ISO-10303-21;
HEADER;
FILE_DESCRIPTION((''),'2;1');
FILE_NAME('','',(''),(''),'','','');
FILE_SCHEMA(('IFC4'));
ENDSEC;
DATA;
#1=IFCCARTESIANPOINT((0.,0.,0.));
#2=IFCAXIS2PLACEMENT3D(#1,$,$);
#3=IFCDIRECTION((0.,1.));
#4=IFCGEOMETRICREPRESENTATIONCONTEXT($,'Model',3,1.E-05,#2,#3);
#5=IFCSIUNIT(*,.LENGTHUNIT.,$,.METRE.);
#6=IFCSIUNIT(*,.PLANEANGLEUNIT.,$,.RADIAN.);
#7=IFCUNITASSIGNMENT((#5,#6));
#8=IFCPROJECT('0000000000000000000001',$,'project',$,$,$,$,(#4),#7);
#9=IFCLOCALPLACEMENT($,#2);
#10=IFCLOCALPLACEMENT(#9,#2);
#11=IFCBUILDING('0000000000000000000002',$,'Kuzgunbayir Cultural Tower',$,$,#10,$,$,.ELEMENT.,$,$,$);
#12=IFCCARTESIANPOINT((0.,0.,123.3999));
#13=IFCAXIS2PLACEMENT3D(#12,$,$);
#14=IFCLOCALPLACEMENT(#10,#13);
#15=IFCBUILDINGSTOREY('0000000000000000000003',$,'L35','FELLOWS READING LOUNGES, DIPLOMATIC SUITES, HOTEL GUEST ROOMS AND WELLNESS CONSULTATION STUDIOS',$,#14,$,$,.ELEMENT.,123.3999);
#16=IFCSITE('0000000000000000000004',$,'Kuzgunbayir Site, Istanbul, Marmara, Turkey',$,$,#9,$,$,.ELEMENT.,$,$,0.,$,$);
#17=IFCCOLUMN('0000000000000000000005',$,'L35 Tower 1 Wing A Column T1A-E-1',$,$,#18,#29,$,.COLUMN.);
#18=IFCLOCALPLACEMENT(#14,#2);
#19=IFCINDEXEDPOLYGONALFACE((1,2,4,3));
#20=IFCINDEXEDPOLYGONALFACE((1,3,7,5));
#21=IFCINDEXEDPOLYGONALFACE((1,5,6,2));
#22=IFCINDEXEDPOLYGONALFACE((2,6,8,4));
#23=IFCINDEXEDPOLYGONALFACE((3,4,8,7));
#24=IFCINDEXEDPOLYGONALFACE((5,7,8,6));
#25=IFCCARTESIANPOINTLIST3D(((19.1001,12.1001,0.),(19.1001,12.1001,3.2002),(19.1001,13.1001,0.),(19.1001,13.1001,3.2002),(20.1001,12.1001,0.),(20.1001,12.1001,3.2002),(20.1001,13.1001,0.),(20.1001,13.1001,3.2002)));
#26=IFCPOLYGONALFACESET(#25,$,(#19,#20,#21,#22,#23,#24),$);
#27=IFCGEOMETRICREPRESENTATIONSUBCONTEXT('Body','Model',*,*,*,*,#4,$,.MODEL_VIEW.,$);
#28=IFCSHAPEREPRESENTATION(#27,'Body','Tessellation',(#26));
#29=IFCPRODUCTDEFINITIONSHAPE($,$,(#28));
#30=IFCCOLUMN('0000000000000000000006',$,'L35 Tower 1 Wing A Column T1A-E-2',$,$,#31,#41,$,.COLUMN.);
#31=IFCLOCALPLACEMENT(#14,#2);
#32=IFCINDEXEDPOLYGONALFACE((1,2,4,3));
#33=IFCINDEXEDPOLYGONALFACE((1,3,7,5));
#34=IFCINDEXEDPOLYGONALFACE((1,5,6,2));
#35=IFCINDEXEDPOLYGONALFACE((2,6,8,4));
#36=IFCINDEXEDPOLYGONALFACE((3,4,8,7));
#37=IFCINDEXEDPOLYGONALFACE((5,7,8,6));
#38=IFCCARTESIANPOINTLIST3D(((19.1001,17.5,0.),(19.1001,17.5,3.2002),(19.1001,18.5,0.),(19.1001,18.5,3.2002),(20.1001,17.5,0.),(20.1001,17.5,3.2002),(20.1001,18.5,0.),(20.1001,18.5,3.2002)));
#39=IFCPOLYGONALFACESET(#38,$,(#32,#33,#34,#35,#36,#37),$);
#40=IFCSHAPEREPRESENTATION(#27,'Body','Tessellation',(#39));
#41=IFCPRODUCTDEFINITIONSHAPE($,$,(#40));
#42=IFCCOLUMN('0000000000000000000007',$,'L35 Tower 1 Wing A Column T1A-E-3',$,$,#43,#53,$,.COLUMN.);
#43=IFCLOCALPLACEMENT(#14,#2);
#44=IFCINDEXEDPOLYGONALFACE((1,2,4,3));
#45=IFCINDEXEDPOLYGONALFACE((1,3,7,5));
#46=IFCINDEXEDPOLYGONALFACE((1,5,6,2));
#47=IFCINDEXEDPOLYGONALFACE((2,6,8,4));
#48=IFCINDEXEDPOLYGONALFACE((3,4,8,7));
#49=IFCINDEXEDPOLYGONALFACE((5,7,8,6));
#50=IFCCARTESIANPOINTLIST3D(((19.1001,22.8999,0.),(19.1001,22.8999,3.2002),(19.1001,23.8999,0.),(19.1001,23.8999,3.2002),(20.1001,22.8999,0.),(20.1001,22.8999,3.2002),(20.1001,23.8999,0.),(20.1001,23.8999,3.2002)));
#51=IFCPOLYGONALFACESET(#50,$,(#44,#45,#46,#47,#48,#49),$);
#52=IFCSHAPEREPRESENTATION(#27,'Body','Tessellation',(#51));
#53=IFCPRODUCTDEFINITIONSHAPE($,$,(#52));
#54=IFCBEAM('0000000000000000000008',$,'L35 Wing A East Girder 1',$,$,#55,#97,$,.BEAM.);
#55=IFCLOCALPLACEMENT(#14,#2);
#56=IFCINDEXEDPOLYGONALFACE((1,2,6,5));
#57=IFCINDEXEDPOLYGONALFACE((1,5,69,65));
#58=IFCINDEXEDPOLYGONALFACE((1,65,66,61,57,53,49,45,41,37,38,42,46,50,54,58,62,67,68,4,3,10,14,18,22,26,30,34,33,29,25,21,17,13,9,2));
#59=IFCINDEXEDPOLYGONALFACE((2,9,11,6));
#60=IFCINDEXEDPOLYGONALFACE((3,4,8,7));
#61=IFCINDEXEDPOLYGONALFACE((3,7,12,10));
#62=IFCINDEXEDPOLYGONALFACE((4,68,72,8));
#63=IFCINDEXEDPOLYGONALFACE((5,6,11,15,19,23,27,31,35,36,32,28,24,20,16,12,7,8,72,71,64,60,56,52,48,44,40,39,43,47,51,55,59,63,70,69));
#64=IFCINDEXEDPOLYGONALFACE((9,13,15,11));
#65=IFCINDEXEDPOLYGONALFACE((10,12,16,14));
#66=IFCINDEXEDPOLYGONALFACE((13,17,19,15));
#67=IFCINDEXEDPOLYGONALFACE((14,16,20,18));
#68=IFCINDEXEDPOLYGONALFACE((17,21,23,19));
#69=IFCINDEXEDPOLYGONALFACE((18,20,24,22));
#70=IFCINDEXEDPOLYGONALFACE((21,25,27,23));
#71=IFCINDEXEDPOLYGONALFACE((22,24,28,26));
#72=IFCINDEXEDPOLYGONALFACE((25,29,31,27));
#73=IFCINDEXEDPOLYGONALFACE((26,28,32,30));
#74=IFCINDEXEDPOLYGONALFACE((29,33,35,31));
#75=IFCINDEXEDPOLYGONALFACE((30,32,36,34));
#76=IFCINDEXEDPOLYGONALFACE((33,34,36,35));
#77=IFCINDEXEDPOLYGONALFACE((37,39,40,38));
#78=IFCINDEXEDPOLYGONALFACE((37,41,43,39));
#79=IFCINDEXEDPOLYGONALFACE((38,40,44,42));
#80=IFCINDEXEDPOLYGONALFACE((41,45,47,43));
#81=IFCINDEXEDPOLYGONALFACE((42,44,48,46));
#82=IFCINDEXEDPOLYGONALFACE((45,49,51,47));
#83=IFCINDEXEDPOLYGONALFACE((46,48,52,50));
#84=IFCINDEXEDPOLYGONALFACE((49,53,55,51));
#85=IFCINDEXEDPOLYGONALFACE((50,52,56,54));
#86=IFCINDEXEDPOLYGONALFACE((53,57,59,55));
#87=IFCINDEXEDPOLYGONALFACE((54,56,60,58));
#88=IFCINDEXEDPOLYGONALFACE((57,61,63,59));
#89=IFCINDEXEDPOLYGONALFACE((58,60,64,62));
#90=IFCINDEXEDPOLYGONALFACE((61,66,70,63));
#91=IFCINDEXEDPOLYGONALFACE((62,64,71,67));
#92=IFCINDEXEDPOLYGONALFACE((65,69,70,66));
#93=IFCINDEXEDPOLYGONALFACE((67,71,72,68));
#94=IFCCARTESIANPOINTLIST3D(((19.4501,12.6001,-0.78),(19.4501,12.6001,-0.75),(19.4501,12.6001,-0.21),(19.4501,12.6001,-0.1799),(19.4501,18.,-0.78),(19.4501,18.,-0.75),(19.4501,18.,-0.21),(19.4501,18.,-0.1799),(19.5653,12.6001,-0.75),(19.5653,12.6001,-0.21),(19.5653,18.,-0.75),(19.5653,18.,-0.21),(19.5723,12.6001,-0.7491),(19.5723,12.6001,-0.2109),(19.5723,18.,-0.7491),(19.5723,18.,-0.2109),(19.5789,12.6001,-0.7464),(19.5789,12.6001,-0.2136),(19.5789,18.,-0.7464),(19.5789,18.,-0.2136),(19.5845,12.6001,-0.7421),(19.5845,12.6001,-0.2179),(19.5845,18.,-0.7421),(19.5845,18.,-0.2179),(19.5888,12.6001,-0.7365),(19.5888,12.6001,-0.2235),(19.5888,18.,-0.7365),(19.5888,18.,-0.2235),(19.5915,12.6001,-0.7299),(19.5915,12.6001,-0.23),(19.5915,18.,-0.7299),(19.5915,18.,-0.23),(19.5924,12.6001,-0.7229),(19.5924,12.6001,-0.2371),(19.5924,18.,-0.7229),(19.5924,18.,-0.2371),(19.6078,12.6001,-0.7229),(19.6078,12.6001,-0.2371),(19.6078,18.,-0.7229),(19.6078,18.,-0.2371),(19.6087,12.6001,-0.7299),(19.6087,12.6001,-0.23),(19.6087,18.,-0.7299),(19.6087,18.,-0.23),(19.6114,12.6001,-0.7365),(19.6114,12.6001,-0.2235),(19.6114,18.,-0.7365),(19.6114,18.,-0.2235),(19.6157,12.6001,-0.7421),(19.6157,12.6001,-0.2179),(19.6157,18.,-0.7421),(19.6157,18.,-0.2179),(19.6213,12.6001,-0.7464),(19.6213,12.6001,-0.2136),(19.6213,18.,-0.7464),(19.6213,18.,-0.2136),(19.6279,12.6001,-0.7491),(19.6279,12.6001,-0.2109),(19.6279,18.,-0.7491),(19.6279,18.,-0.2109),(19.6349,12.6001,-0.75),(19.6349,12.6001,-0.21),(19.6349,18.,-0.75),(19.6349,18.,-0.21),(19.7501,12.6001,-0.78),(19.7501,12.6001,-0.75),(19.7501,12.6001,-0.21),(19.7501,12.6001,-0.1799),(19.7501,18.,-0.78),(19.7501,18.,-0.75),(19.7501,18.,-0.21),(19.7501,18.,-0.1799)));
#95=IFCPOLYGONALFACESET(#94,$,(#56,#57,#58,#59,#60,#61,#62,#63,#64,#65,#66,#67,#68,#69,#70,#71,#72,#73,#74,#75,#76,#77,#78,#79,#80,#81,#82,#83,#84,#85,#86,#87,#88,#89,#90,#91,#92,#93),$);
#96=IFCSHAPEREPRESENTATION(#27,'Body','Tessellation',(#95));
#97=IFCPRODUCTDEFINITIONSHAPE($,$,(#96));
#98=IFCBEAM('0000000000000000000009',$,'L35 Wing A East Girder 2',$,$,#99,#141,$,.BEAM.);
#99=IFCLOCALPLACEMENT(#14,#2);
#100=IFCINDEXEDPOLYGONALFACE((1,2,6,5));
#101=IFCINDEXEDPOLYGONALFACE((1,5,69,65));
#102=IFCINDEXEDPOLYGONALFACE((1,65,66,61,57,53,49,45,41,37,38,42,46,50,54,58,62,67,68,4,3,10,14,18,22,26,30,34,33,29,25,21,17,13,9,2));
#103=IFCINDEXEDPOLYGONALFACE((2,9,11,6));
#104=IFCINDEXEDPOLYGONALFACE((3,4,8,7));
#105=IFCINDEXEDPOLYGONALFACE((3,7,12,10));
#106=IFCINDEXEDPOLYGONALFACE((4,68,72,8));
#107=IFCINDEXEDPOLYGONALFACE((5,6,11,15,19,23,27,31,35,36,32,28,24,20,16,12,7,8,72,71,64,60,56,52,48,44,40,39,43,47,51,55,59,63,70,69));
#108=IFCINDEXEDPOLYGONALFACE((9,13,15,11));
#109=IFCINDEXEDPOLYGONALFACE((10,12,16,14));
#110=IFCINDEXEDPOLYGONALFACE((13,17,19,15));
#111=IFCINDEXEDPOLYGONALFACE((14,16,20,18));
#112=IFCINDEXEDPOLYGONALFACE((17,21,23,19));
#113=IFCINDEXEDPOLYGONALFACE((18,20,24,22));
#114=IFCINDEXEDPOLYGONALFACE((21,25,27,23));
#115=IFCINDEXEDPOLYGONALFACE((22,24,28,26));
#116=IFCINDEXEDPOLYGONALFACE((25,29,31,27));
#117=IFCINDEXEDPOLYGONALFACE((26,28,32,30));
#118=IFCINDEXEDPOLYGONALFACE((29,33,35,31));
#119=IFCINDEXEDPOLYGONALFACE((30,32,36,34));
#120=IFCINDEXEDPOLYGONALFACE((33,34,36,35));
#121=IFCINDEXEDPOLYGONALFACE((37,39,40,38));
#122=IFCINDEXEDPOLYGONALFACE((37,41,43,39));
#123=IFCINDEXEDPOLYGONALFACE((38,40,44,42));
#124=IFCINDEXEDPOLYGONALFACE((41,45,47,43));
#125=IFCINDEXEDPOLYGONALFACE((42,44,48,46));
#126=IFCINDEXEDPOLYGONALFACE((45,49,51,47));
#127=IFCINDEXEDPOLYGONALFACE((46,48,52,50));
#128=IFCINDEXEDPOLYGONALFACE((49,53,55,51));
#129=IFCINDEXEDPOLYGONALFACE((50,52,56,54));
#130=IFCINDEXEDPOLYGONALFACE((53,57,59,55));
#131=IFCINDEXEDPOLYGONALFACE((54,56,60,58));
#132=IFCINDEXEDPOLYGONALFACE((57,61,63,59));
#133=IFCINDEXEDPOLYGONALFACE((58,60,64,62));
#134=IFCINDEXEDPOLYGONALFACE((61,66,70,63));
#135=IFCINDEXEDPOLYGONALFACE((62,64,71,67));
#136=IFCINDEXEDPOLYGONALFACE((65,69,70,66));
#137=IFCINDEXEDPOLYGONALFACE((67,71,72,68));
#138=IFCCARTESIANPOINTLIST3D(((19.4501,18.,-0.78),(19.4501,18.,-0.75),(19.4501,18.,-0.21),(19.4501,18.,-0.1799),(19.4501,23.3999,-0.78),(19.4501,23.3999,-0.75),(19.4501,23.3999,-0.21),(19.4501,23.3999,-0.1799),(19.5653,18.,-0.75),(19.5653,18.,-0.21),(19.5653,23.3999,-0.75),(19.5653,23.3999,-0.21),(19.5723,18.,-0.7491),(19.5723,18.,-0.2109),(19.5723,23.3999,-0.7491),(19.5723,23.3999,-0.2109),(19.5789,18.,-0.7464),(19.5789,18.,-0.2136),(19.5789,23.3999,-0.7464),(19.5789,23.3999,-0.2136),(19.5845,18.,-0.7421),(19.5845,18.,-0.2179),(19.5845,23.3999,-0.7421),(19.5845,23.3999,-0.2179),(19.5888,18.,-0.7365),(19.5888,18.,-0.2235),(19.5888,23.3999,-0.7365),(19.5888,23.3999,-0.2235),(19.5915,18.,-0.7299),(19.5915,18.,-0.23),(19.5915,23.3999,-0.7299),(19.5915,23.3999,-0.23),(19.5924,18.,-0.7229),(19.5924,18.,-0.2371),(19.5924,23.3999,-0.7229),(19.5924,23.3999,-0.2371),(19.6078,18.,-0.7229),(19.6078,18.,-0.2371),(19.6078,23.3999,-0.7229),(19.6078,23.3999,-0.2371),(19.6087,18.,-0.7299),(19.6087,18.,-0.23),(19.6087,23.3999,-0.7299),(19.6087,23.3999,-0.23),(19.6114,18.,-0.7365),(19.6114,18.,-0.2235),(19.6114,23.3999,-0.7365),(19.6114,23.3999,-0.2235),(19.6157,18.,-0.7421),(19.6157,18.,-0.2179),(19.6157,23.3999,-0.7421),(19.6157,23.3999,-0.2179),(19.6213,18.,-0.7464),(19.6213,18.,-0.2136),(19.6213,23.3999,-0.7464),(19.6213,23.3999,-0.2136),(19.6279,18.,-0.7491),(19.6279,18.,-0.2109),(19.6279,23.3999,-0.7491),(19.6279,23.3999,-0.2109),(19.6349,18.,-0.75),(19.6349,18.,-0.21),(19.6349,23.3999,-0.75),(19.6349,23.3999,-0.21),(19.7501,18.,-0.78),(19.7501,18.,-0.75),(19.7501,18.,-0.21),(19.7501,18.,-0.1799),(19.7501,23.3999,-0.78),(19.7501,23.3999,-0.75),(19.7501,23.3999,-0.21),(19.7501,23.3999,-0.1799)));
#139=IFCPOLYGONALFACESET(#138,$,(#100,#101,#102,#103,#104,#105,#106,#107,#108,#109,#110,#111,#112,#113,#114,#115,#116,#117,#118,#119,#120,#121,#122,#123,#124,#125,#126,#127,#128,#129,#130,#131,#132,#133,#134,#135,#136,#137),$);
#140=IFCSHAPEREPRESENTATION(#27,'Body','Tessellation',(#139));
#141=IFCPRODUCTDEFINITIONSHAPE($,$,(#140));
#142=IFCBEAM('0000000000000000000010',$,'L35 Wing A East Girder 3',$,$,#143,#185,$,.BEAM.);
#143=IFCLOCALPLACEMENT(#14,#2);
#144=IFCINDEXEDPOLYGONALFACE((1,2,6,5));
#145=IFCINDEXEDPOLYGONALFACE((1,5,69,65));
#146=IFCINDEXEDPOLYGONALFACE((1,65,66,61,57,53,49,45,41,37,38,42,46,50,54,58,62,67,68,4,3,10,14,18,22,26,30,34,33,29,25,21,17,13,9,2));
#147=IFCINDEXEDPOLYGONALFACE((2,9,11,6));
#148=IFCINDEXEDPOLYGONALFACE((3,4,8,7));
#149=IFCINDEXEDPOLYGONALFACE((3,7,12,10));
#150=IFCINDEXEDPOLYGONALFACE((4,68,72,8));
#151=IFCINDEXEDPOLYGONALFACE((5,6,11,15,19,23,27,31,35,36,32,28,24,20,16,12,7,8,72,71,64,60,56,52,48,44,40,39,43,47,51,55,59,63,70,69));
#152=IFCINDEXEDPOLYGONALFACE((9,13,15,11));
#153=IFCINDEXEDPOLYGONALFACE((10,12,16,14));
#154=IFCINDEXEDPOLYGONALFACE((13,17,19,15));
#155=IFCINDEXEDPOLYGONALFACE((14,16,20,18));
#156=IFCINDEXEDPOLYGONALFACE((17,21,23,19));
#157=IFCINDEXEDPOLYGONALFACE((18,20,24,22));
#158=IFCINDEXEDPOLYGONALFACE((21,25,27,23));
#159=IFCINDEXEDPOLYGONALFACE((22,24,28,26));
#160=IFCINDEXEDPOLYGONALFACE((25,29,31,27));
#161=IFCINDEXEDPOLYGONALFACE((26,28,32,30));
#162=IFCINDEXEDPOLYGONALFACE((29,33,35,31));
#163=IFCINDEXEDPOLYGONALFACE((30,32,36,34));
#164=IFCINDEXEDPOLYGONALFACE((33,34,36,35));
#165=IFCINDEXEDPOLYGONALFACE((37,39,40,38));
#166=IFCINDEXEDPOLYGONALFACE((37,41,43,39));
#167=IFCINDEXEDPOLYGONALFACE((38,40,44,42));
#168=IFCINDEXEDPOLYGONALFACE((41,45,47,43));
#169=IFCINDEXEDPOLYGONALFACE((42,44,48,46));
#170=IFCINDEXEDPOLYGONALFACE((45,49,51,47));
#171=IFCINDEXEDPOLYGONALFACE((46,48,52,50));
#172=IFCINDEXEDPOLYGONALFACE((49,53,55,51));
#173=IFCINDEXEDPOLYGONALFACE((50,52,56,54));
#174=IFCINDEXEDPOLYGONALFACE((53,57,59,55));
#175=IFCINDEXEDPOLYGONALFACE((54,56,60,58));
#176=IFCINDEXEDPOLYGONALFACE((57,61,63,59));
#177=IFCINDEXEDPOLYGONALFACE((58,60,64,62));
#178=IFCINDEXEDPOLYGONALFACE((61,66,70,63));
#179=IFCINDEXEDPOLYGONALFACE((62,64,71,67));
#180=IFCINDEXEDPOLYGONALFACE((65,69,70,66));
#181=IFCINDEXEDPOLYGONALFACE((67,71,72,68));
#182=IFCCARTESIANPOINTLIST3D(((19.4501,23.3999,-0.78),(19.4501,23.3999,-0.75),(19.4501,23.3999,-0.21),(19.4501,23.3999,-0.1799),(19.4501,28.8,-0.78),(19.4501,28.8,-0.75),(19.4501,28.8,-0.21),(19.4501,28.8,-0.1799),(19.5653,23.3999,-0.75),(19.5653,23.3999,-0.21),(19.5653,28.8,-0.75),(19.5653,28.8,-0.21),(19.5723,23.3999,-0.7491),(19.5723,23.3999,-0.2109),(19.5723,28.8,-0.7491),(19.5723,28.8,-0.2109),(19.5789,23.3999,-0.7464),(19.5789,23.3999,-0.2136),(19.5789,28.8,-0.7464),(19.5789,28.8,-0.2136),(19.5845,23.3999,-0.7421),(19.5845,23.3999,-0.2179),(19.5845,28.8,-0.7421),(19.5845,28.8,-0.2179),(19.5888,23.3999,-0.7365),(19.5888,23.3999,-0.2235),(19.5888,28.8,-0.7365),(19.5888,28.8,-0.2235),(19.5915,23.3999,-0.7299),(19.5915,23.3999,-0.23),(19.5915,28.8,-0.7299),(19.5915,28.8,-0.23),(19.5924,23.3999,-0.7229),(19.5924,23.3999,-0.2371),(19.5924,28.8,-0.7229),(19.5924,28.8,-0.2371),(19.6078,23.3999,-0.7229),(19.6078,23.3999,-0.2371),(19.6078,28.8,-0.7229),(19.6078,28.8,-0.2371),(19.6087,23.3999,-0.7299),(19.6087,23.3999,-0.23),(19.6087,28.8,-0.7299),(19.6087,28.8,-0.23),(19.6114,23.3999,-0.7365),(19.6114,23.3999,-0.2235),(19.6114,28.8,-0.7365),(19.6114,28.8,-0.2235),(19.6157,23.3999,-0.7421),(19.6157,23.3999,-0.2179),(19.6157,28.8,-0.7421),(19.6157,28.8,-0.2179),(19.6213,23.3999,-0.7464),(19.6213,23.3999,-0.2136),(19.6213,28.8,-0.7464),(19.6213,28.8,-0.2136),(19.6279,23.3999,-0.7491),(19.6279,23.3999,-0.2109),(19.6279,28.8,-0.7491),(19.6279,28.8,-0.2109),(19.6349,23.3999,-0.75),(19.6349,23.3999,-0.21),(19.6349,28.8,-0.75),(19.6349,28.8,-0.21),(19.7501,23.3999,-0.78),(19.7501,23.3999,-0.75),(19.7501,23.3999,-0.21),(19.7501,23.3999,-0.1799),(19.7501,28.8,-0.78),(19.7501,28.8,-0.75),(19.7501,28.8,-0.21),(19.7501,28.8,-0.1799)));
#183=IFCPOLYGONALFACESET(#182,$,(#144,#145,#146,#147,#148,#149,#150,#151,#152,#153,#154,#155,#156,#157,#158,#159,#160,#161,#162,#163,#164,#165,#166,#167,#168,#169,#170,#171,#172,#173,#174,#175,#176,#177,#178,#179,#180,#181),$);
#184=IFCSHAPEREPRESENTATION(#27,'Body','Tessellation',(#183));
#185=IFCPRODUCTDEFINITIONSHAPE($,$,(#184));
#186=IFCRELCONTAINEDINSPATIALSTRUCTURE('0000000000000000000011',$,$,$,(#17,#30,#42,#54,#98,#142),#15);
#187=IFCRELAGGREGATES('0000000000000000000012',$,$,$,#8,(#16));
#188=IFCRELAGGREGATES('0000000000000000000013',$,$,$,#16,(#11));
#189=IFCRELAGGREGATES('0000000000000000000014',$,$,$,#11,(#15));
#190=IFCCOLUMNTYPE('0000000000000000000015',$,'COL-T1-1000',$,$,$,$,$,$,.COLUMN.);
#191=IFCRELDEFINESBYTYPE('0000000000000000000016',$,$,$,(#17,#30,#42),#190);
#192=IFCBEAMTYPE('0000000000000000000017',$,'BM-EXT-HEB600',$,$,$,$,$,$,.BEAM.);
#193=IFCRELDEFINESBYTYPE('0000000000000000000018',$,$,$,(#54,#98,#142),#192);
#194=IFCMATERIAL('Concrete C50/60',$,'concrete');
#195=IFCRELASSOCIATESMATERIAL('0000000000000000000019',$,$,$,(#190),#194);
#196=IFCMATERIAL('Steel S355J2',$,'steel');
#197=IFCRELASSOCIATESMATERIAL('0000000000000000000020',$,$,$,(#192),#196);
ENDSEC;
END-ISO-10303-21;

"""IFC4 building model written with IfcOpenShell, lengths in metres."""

from ifc_helpers import new_model, si_unit, direction, frame, origin, origin_2d, place, context, subcontext, project, spatial, rectangle, i_section, extrude, material, material_profile, profile_set, type_object, element, save


model = new_model("IFC4")

# Units and contexts
model_context = context("Model", 3, precision=1e-05, world=origin(), true_north=direction((0.0, 1.0)))
body_context = subcontext(model_context, "Body", "Model", "MODEL_VIEW")
ifc_project = project(units=[si_unit("LENGTHUNIT", "METRE"), si_unit("PLANEANGLEUNIT", "RADIAN")], contexts=[model_context])

# Site, building, storey
site_placement = place(None, origin())
site = spatial("IfcSite", under=ifc_project, at=site_placement, Name="Kuzgunbayir Site, Istanbul, Marmara, Turkey", CompositionType="ELEMENT", RefElevation=0.0)
building_placement = place(site_placement, origin())
building = spatial("IfcBuilding", under=site, at=building_placement, Name="Kuzgunbayir Cultural Tower", CompositionType="ELEMENT")
storey_placement = place(building_placement, frame((0.0, 0.0, 123.3999)))
storey = spatial("IfcBuildingStorey", under=building, at=storey_placement, Name="L35", Description="FELLOWS READING LOUNGES, DIPLOMATIC SUITES, HOTEL GUEST ROOMS AND WELLNESS CONSULTATION STUDIOS", CompositionType="ELEMENT", Elevation=123.3999)

# Columns
ifc_material_1 = material(Name="Concrete C50/60", Category="concrete")
ifc_material_profile_1 = material_profile(ifc_material_1, rectangle(XDim=1.0, YDim=1.0, at=origin_2d()), Name="RC 1000x1000")
ifc_profile_set_1 = profile_set([ifc_material_profile_1], Name="Concrete C50/60")
column_type = type_object("IfcColumnType", Name="COL-T1-1000", PredefinedType="COLUMN", material=ifc_profile_set_1)
for number, where, z_axis, x_axis, name in (
    (1, (19.6001, 12.6001, 0.0), (0.0, 0.0, 1.0), (1.0, 0.0, 0.0), "L35 Tower 1 Wing A Column T1A-E-1"),
    (2, (19.6001, 18.0, 0.0), (0.0, 0.0, 1.0), (1.0, 0.0, 0.0), "L35 Tower 1 Wing A Column T1A-E-2"),
    (3, (19.6001, 23.3999, 0.0), (0.0, 0.0, 1.0), (1.0, 0.0, 0.0), "L35 Tower 1 Wing A Column T1A-E-3"),
):
    element("IfcColumn", number, at=place(storey_placement, frame(where, z_axis=z_axis, x_axis=x_axis)), inside=storey, type_object=column_type, Name=name, PredefinedType="COLUMN", context=body_context, shape_type="SweptSolid", body=[
        extrude(rectangle(XDim=1.0, YDim=1.0, at=origin_2d()), origin(), (0.0, 0.0, 1.0), 3.2002),
    ])

# Beams
ifc_material_2 = material(Name="Steel S355J2", Category="steel")
ifc_material_profile_2 = material_profile(ifc_material_2, i_section(OverallWidth=0.3, OverallDepth=0.6001, WebThickness=0.0154, FlangeThickness=0.03, FilletRadius=0.0271, at=origin_2d()), Name="HEB 600")
ifc_profile_set_2 = profile_set([ifc_material_profile_2], Name="Steel S355J2")
beam_type = type_object("IfcBeamType", Name="BM-EXT-HEB600", PredefinedType="BEAM", material=ifc_profile_set_2)
for number, where, z_axis, x_axis, name in (
    (4, (19.6001, 12.6001, -0.48), (0.0, 1.0, 0.0), (-1.0, 0.0, 0.0), "L35 Wing A East Girder 1"),
    (5, (19.6001, 18.0, -0.48), (0.0, 1.0, 0.0), (-1.0, 0.0, 0.0), "L35 Wing A East Girder 2"),
):
    element("IfcBeam", number, at=place(storey_placement, frame(where, z_axis=z_axis, x_axis=x_axis)), inside=storey, type_object=beam_type, Name=name, PredefinedType="BEAM", context=body_context, shape_type="SweptSolid", body=[
        extrude(i_section(OverallWidth=0.3, OverallDepth=0.6001, WebThickness=0.0154, FlangeThickness=0.03, FilletRadius=0.0271, at=origin_2d()), origin(), (0.0, 0.0, 1.0), 5.3999),
    ])
beam_placement = place(storey_placement, frame((19.6001, 23.3999, -0.48), z_axis=(0.0, 1.0, 0.0), x_axis=(-1.0, 0.0, 0.0)))
element("IfcBeam", 6, at=beam_placement, inside=storey, type_object=beam_type, Name="L35 Wing A East Girder 3", PredefinedType="BEAM", context=body_context, shape_type="SweptSolid", body=[
    extrude(i_section(OverallWidth=0.3, OverallDepth=0.6001, WebThickness=0.0154, FlangeThickness=0.03, FilletRadius=0.0271, at=origin_2d()), origin(), (0.0, 0.0, 1.0), 5.4001),
])

save(model, "model.ifc")
